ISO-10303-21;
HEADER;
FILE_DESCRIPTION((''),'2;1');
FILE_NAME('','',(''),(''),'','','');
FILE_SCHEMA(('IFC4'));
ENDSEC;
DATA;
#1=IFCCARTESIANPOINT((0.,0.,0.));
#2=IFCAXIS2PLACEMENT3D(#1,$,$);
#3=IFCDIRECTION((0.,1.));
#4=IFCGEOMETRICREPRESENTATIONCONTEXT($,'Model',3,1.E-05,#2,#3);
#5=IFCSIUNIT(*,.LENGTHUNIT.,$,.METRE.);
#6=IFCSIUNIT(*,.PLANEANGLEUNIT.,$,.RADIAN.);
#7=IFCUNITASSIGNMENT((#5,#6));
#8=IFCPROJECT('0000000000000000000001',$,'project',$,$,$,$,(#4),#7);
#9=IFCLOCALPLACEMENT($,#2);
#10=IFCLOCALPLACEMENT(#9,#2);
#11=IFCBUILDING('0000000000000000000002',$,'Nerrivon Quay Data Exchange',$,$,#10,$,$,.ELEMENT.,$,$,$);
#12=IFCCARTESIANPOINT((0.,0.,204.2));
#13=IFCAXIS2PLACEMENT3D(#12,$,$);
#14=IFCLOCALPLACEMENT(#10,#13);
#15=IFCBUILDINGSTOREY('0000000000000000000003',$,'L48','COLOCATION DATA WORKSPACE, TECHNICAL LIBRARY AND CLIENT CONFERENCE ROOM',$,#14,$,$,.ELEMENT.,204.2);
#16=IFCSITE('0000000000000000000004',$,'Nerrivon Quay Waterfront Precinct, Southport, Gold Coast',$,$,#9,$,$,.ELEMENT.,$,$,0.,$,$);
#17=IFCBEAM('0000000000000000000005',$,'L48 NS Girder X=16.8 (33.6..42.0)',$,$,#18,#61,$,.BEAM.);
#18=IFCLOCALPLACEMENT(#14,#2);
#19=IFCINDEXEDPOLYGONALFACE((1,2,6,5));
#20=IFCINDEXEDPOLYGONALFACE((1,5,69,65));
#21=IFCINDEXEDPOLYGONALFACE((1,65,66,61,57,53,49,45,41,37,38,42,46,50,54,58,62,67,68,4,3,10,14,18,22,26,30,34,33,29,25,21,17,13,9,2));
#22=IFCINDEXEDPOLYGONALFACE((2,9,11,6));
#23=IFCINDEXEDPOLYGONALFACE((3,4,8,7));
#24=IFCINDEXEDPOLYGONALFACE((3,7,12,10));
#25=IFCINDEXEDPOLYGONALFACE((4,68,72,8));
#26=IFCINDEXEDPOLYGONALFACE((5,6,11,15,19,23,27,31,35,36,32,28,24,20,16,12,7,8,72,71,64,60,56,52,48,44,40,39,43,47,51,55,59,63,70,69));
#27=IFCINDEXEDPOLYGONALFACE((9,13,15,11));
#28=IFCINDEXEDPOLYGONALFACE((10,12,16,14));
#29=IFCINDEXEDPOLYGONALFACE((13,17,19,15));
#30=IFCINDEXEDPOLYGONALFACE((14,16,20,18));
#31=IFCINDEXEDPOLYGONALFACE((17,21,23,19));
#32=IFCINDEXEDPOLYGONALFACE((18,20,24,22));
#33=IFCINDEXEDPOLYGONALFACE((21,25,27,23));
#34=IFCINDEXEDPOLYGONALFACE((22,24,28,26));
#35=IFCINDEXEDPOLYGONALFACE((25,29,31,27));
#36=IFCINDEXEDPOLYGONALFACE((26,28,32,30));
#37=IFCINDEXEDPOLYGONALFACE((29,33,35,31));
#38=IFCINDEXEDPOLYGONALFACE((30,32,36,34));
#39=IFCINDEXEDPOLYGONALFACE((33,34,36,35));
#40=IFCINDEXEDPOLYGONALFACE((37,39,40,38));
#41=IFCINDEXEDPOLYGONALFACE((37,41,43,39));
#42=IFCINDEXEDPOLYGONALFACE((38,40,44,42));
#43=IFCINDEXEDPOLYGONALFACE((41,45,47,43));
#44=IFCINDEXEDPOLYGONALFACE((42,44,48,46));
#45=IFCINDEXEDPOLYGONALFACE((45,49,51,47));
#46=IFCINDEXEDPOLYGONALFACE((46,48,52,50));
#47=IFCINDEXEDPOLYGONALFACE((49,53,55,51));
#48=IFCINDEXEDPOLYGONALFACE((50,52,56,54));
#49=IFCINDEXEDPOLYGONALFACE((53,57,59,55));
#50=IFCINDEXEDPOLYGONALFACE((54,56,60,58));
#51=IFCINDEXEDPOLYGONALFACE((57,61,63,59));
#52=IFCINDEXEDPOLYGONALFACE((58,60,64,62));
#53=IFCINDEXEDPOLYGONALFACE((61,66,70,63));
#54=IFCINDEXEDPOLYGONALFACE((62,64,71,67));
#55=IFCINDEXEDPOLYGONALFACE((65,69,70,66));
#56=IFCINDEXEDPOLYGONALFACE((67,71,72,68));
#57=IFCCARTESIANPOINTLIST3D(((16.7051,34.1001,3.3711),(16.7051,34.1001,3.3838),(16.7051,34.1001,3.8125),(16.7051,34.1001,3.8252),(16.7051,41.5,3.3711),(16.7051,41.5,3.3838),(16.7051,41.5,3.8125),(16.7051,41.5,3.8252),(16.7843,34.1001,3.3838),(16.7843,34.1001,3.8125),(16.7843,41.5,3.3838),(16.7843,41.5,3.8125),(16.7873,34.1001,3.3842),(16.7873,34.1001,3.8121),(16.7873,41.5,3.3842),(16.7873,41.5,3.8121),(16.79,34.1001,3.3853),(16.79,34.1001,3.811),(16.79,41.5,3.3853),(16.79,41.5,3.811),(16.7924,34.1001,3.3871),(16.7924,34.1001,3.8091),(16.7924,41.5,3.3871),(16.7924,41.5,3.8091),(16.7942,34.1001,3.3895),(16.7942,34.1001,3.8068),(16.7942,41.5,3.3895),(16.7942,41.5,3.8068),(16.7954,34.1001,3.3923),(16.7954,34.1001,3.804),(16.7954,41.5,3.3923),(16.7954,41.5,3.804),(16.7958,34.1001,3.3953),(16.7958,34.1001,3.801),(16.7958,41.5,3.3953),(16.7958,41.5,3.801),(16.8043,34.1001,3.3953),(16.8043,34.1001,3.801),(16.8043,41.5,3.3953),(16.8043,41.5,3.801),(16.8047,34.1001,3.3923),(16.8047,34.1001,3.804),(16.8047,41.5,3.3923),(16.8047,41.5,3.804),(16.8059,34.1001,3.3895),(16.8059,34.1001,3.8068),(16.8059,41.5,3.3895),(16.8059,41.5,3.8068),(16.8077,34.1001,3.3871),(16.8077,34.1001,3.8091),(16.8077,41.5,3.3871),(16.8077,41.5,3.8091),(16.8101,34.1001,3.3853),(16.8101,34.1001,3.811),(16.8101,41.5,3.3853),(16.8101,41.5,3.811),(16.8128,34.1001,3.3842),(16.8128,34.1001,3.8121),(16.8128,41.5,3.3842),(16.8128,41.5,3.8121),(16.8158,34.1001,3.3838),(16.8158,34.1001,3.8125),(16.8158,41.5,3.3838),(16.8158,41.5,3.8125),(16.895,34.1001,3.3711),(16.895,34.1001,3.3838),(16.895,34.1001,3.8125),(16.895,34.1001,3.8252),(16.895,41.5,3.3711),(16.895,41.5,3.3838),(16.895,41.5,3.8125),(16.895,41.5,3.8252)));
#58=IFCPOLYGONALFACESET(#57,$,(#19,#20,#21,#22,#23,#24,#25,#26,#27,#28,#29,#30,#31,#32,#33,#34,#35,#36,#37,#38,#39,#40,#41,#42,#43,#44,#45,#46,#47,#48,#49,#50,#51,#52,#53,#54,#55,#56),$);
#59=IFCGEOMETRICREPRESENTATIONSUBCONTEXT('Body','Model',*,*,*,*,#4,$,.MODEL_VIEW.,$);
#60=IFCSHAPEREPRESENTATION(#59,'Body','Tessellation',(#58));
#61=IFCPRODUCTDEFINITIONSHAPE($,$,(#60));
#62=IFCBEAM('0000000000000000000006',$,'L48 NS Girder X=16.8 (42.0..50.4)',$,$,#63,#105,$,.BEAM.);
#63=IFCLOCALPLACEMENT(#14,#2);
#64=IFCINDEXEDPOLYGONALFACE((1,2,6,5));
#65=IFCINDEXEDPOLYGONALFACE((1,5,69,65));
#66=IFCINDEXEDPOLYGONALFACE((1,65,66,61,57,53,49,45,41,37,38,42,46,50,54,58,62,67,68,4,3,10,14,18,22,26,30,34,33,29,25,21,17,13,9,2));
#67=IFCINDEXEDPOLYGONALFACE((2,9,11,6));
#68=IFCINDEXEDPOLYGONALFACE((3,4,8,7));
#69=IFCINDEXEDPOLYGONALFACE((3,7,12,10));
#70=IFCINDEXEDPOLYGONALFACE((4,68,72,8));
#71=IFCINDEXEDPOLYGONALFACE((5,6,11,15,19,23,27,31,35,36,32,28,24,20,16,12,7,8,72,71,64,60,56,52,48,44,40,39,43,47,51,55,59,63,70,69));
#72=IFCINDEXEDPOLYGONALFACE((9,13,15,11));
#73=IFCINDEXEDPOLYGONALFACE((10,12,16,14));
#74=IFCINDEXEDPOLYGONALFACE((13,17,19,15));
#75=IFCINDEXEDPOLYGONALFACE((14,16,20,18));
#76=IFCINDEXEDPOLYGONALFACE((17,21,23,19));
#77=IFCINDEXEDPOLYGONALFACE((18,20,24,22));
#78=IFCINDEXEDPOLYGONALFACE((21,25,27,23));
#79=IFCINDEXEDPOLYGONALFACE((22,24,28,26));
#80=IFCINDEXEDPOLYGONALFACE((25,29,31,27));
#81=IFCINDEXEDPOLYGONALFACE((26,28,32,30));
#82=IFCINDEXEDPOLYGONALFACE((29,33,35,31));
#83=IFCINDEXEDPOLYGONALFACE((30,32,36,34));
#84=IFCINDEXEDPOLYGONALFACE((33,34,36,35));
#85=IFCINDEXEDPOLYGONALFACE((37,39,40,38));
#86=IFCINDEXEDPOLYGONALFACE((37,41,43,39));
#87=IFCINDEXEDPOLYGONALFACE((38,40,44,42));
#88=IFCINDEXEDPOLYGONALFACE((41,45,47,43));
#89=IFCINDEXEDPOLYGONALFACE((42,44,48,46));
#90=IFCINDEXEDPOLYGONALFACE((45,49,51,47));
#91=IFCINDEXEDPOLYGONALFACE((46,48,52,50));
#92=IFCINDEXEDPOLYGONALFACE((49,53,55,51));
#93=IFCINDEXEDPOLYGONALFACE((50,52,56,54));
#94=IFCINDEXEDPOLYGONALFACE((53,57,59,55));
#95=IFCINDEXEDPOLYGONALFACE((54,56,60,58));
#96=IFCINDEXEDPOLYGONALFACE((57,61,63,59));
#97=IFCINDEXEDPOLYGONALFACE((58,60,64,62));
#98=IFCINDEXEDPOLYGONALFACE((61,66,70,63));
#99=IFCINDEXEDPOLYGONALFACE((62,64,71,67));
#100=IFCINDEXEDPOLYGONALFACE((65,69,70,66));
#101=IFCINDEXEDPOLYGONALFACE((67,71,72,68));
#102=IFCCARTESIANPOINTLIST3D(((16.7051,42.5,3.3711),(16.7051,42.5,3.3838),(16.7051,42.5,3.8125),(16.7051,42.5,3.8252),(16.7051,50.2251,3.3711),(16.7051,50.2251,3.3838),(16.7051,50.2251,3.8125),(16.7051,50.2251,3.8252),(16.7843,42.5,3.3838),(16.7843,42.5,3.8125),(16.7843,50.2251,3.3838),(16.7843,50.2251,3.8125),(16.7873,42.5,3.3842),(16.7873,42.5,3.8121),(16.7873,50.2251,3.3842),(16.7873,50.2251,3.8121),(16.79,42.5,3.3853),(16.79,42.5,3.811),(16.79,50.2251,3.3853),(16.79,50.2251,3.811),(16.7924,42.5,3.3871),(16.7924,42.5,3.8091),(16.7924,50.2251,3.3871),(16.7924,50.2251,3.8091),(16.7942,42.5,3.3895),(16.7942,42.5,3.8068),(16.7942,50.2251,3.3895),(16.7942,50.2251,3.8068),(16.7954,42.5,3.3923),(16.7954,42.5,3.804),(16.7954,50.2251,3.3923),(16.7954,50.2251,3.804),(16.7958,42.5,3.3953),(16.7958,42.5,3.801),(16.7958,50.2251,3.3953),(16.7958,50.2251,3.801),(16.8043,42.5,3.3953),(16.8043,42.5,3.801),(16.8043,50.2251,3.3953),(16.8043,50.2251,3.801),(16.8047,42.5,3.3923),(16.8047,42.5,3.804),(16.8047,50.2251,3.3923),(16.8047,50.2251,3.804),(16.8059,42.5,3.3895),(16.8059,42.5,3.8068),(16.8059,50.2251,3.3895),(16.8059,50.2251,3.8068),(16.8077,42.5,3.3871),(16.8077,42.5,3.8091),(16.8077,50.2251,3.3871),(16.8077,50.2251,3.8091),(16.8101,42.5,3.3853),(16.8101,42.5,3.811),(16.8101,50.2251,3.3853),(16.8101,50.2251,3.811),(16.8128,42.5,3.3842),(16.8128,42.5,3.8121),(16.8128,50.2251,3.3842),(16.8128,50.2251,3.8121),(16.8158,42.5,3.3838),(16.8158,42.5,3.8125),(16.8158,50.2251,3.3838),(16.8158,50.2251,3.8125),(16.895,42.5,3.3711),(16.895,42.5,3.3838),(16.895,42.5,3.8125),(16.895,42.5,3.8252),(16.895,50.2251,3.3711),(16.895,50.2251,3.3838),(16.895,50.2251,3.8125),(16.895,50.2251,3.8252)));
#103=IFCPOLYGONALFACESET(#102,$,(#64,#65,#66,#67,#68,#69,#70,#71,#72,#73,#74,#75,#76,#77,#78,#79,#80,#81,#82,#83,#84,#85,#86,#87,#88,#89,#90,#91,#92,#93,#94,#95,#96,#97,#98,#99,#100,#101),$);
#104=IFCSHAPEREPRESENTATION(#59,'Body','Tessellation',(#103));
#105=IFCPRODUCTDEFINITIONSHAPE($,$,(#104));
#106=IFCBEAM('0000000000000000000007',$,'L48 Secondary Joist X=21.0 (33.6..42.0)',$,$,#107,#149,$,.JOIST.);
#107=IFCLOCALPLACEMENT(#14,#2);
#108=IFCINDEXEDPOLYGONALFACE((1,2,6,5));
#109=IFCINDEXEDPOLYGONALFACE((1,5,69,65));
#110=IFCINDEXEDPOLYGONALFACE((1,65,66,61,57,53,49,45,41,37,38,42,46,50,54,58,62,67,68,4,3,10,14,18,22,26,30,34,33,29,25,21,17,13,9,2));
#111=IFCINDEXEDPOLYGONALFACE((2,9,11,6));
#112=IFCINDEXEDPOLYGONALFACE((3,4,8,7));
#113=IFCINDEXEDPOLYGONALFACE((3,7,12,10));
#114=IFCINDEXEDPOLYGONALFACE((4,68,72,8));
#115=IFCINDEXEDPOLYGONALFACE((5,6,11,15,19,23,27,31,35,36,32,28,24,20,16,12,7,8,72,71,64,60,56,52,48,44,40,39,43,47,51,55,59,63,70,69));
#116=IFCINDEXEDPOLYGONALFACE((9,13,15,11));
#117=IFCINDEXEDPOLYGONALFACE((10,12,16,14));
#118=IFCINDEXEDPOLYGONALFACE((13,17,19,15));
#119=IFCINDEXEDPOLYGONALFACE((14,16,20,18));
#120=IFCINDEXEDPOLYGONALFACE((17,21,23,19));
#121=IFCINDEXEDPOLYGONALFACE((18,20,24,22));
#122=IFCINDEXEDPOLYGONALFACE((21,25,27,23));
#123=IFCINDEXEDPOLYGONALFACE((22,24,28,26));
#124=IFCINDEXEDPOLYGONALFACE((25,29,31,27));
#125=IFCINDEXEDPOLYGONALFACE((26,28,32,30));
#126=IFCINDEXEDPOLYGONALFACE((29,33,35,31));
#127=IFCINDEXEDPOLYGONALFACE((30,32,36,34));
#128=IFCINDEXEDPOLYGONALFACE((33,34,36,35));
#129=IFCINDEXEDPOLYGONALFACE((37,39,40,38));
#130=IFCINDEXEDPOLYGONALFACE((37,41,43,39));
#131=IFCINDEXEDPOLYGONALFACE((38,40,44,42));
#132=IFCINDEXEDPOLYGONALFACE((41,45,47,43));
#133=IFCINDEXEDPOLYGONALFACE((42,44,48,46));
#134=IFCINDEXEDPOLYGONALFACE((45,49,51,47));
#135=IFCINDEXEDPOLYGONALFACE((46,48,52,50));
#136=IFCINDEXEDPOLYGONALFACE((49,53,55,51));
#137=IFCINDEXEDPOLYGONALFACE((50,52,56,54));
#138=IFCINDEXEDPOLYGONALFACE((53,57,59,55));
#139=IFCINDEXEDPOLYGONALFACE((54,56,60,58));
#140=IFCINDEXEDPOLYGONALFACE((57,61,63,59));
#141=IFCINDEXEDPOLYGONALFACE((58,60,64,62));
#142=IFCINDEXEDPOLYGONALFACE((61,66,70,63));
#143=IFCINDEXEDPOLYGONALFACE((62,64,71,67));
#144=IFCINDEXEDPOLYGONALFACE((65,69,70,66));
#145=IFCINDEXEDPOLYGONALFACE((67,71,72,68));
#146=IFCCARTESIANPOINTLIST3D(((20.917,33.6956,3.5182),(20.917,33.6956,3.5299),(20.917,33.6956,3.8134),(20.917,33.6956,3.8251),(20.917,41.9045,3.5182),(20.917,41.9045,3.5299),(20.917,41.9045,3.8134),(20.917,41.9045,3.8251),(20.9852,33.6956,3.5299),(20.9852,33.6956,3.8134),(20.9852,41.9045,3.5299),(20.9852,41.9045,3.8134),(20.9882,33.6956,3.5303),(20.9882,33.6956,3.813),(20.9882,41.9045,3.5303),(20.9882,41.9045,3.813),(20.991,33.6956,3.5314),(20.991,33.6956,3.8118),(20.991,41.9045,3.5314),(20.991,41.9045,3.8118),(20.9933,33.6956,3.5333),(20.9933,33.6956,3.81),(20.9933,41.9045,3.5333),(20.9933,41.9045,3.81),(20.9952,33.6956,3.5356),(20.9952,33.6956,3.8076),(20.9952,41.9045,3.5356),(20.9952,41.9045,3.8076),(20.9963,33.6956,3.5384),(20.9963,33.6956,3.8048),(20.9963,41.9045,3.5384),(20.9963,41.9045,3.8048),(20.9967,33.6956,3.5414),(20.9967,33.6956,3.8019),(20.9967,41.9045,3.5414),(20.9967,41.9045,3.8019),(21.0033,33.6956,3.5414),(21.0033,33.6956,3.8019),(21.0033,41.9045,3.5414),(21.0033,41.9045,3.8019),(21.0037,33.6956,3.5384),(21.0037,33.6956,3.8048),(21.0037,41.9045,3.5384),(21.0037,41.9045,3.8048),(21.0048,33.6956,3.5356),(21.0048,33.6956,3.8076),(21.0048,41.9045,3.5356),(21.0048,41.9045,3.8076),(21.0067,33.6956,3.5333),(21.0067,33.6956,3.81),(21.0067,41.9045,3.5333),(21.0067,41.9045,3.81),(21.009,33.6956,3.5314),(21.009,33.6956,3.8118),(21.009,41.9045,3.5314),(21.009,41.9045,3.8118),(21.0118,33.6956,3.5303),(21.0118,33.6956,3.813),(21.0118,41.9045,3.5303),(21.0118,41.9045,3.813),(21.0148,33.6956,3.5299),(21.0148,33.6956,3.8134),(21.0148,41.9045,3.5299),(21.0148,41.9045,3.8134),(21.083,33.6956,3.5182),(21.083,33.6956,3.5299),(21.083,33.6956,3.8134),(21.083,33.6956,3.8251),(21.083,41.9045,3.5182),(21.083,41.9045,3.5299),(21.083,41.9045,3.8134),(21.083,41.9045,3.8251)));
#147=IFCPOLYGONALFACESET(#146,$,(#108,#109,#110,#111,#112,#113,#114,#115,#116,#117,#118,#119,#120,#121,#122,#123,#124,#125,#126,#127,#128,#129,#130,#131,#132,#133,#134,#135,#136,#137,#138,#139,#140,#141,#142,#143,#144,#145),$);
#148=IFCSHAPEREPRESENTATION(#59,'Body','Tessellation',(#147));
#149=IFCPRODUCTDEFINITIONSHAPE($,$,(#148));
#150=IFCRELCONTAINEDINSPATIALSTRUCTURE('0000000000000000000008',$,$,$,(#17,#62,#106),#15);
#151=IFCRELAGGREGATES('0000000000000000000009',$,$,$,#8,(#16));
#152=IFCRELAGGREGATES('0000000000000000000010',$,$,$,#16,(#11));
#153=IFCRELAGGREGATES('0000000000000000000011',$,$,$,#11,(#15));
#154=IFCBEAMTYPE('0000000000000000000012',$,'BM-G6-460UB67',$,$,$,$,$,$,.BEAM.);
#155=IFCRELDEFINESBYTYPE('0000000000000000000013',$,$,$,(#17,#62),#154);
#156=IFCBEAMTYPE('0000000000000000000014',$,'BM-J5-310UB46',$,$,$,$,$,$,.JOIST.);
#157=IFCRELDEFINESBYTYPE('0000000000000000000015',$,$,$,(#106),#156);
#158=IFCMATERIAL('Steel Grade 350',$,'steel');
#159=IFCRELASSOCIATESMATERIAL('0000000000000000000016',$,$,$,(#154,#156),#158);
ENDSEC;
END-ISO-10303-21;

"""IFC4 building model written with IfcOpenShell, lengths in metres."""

from ifc_helpers import new_model, si_unit, direction, frame, origin, origin_2d, place, context, subcontext, project, spatial, i_section, extrude, material, material_profile, profile_set, type_object, element, save


model = new_model("IFC4")

# Units and contexts
model_context = context("Model", 3, precision=1e-05, world=origin(), true_north=direction((0.0, 1.0)))
body_context = subcontext(model_context, "Body", "Model", "MODEL_VIEW")
ifc_project = project(units=[si_unit("LENGTHUNIT", "METRE"), si_unit("PLANEANGLEUNIT", "RADIAN")], contexts=[model_context])

# Site, building, storey
site_placement = place(None, origin())
site = spatial("IfcSite", under=ifc_project, at=site_placement, Name="Nerrivon Quay Waterfront Precinct, Southport, Gold Coast", CompositionType="ELEMENT", RefElevation=0.0)
building_placement = place(site_placement, origin())
building = spatial("IfcBuilding", under=site, at=building_placement, Name="Nerrivon Quay Data Exchange", CompositionType="ELEMENT")
storey_placement = place(building_placement, frame((0.0, 0.0, 204.2)))
storey = spatial("IfcBuildingStorey", under=building, at=storey_placement, Name="L48", Description="COLOCATION DATA WORKSPACE, TECHNICAL LIBRARY AND CLIENT CONFERENCE ROOM", CompositionType="ELEMENT", Elevation=204.2)

# Shared definitions
ifc_material_1 = material(Name="Steel Grade 350", Category="steel")

# Beams
ifc_material_profile_1 = material_profile(ifc_material_1, i_section(OverallWidth=0.1899, OverallDepth=0.4541, WebThickness=0.0085, FlangeThickness=0.0127, FilletRadius=0.0115, at=origin_2d()), Name="460UB67.1")
ifc_profile_set_1 = profile_set([ifc_material_profile_1], Name="Steel Grade 350")
beam_type_1 = type_object("IfcBeamType", Name="BM-G6-460UB67", PredefinedType="BEAM", material=ifc_profile_set_1)
beam_1_placement = place(storey_placement, frame((16.8, 34.1001, 3.5981), z_axis=(0.0, 1.0, 0.0), x_axis=(-1.0, 0.0, 0.0)))
element("IfcBeam", 1, at=beam_1_placement, inside=storey, type_object=beam_type_1, Name="L48 NS Girder X=16.8 (33.6..42.0)", PredefinedType="BEAM", context=body_context, shape_type="SweptSolid", body=[
    extrude(i_section(OverallWidth=0.1899, OverallDepth=0.4541, WebThickness=0.0085, FlangeThickness=0.0127, FilletRadius=0.0115, at=origin_2d()), origin(), (0.0, 0.0, 1.0), 7.3999),
])
beam_2_placement = place(storey_placement, frame((16.8, 42.5, 3.5981), z_axis=(0.0, 1.0, 0.0), x_axis=(-1.0, 0.0, 0.0)))
element("IfcBeam", 2, at=beam_2_placement, inside=storey, type_object=beam_type_1, Name="L48 NS Girder X=16.8 (42.0..50.4)", PredefinedType="BEAM", context=body_context, shape_type="SweptSolid", body=[
    extrude(i_section(OverallWidth=0.1899, OverallDepth=0.4541, WebThickness=0.0085, FlangeThickness=0.0127, FilletRadius=0.0115, at=origin_2d()), origin(), (0.0, 0.0, 1.0), 7.7251),
])
ifc_material_profile_2 = material_profile(ifc_material_1, i_section(OverallWidth=0.166, OverallDepth=0.3069, WebThickness=0.0066, FlangeThickness=0.0117, FilletRadius=0.0115, at=origin_2d()), Name="310UB46.2")
ifc_profile_set_2 = profile_set([ifc_material_profile_2], Name="Steel Grade 350")
beam_type_2 = type_object("IfcBeamType", Name="BM-J5-310UB46", PredefinedType="JOIST", material=ifc_profile_set_2)
beam_3_placement = place(storey_placement, frame((21.0, 33.6956, 3.6716), z_axis=(0.0, 1.0, 0.0), x_axis=(-1.0, 0.0, 0.0)))
element("IfcBeam", 3, at=beam_3_placement, inside=storey, type_object=beam_type_2, Name="L48 Secondary Joist X=21.0 (33.6..42.0)", PredefinedType="JOIST", context=body_context, shape_type="SweptSolid", body=[
    extrude(i_section(OverallWidth=0.166, OverallDepth=0.3069, WebThickness=0.0066, FlangeThickness=0.0117, FilletRadius=0.0115, at=origin_2d()), origin(), (0.0, 0.0, 1.0), 8.209),
])

save(model, "model.ifc")
